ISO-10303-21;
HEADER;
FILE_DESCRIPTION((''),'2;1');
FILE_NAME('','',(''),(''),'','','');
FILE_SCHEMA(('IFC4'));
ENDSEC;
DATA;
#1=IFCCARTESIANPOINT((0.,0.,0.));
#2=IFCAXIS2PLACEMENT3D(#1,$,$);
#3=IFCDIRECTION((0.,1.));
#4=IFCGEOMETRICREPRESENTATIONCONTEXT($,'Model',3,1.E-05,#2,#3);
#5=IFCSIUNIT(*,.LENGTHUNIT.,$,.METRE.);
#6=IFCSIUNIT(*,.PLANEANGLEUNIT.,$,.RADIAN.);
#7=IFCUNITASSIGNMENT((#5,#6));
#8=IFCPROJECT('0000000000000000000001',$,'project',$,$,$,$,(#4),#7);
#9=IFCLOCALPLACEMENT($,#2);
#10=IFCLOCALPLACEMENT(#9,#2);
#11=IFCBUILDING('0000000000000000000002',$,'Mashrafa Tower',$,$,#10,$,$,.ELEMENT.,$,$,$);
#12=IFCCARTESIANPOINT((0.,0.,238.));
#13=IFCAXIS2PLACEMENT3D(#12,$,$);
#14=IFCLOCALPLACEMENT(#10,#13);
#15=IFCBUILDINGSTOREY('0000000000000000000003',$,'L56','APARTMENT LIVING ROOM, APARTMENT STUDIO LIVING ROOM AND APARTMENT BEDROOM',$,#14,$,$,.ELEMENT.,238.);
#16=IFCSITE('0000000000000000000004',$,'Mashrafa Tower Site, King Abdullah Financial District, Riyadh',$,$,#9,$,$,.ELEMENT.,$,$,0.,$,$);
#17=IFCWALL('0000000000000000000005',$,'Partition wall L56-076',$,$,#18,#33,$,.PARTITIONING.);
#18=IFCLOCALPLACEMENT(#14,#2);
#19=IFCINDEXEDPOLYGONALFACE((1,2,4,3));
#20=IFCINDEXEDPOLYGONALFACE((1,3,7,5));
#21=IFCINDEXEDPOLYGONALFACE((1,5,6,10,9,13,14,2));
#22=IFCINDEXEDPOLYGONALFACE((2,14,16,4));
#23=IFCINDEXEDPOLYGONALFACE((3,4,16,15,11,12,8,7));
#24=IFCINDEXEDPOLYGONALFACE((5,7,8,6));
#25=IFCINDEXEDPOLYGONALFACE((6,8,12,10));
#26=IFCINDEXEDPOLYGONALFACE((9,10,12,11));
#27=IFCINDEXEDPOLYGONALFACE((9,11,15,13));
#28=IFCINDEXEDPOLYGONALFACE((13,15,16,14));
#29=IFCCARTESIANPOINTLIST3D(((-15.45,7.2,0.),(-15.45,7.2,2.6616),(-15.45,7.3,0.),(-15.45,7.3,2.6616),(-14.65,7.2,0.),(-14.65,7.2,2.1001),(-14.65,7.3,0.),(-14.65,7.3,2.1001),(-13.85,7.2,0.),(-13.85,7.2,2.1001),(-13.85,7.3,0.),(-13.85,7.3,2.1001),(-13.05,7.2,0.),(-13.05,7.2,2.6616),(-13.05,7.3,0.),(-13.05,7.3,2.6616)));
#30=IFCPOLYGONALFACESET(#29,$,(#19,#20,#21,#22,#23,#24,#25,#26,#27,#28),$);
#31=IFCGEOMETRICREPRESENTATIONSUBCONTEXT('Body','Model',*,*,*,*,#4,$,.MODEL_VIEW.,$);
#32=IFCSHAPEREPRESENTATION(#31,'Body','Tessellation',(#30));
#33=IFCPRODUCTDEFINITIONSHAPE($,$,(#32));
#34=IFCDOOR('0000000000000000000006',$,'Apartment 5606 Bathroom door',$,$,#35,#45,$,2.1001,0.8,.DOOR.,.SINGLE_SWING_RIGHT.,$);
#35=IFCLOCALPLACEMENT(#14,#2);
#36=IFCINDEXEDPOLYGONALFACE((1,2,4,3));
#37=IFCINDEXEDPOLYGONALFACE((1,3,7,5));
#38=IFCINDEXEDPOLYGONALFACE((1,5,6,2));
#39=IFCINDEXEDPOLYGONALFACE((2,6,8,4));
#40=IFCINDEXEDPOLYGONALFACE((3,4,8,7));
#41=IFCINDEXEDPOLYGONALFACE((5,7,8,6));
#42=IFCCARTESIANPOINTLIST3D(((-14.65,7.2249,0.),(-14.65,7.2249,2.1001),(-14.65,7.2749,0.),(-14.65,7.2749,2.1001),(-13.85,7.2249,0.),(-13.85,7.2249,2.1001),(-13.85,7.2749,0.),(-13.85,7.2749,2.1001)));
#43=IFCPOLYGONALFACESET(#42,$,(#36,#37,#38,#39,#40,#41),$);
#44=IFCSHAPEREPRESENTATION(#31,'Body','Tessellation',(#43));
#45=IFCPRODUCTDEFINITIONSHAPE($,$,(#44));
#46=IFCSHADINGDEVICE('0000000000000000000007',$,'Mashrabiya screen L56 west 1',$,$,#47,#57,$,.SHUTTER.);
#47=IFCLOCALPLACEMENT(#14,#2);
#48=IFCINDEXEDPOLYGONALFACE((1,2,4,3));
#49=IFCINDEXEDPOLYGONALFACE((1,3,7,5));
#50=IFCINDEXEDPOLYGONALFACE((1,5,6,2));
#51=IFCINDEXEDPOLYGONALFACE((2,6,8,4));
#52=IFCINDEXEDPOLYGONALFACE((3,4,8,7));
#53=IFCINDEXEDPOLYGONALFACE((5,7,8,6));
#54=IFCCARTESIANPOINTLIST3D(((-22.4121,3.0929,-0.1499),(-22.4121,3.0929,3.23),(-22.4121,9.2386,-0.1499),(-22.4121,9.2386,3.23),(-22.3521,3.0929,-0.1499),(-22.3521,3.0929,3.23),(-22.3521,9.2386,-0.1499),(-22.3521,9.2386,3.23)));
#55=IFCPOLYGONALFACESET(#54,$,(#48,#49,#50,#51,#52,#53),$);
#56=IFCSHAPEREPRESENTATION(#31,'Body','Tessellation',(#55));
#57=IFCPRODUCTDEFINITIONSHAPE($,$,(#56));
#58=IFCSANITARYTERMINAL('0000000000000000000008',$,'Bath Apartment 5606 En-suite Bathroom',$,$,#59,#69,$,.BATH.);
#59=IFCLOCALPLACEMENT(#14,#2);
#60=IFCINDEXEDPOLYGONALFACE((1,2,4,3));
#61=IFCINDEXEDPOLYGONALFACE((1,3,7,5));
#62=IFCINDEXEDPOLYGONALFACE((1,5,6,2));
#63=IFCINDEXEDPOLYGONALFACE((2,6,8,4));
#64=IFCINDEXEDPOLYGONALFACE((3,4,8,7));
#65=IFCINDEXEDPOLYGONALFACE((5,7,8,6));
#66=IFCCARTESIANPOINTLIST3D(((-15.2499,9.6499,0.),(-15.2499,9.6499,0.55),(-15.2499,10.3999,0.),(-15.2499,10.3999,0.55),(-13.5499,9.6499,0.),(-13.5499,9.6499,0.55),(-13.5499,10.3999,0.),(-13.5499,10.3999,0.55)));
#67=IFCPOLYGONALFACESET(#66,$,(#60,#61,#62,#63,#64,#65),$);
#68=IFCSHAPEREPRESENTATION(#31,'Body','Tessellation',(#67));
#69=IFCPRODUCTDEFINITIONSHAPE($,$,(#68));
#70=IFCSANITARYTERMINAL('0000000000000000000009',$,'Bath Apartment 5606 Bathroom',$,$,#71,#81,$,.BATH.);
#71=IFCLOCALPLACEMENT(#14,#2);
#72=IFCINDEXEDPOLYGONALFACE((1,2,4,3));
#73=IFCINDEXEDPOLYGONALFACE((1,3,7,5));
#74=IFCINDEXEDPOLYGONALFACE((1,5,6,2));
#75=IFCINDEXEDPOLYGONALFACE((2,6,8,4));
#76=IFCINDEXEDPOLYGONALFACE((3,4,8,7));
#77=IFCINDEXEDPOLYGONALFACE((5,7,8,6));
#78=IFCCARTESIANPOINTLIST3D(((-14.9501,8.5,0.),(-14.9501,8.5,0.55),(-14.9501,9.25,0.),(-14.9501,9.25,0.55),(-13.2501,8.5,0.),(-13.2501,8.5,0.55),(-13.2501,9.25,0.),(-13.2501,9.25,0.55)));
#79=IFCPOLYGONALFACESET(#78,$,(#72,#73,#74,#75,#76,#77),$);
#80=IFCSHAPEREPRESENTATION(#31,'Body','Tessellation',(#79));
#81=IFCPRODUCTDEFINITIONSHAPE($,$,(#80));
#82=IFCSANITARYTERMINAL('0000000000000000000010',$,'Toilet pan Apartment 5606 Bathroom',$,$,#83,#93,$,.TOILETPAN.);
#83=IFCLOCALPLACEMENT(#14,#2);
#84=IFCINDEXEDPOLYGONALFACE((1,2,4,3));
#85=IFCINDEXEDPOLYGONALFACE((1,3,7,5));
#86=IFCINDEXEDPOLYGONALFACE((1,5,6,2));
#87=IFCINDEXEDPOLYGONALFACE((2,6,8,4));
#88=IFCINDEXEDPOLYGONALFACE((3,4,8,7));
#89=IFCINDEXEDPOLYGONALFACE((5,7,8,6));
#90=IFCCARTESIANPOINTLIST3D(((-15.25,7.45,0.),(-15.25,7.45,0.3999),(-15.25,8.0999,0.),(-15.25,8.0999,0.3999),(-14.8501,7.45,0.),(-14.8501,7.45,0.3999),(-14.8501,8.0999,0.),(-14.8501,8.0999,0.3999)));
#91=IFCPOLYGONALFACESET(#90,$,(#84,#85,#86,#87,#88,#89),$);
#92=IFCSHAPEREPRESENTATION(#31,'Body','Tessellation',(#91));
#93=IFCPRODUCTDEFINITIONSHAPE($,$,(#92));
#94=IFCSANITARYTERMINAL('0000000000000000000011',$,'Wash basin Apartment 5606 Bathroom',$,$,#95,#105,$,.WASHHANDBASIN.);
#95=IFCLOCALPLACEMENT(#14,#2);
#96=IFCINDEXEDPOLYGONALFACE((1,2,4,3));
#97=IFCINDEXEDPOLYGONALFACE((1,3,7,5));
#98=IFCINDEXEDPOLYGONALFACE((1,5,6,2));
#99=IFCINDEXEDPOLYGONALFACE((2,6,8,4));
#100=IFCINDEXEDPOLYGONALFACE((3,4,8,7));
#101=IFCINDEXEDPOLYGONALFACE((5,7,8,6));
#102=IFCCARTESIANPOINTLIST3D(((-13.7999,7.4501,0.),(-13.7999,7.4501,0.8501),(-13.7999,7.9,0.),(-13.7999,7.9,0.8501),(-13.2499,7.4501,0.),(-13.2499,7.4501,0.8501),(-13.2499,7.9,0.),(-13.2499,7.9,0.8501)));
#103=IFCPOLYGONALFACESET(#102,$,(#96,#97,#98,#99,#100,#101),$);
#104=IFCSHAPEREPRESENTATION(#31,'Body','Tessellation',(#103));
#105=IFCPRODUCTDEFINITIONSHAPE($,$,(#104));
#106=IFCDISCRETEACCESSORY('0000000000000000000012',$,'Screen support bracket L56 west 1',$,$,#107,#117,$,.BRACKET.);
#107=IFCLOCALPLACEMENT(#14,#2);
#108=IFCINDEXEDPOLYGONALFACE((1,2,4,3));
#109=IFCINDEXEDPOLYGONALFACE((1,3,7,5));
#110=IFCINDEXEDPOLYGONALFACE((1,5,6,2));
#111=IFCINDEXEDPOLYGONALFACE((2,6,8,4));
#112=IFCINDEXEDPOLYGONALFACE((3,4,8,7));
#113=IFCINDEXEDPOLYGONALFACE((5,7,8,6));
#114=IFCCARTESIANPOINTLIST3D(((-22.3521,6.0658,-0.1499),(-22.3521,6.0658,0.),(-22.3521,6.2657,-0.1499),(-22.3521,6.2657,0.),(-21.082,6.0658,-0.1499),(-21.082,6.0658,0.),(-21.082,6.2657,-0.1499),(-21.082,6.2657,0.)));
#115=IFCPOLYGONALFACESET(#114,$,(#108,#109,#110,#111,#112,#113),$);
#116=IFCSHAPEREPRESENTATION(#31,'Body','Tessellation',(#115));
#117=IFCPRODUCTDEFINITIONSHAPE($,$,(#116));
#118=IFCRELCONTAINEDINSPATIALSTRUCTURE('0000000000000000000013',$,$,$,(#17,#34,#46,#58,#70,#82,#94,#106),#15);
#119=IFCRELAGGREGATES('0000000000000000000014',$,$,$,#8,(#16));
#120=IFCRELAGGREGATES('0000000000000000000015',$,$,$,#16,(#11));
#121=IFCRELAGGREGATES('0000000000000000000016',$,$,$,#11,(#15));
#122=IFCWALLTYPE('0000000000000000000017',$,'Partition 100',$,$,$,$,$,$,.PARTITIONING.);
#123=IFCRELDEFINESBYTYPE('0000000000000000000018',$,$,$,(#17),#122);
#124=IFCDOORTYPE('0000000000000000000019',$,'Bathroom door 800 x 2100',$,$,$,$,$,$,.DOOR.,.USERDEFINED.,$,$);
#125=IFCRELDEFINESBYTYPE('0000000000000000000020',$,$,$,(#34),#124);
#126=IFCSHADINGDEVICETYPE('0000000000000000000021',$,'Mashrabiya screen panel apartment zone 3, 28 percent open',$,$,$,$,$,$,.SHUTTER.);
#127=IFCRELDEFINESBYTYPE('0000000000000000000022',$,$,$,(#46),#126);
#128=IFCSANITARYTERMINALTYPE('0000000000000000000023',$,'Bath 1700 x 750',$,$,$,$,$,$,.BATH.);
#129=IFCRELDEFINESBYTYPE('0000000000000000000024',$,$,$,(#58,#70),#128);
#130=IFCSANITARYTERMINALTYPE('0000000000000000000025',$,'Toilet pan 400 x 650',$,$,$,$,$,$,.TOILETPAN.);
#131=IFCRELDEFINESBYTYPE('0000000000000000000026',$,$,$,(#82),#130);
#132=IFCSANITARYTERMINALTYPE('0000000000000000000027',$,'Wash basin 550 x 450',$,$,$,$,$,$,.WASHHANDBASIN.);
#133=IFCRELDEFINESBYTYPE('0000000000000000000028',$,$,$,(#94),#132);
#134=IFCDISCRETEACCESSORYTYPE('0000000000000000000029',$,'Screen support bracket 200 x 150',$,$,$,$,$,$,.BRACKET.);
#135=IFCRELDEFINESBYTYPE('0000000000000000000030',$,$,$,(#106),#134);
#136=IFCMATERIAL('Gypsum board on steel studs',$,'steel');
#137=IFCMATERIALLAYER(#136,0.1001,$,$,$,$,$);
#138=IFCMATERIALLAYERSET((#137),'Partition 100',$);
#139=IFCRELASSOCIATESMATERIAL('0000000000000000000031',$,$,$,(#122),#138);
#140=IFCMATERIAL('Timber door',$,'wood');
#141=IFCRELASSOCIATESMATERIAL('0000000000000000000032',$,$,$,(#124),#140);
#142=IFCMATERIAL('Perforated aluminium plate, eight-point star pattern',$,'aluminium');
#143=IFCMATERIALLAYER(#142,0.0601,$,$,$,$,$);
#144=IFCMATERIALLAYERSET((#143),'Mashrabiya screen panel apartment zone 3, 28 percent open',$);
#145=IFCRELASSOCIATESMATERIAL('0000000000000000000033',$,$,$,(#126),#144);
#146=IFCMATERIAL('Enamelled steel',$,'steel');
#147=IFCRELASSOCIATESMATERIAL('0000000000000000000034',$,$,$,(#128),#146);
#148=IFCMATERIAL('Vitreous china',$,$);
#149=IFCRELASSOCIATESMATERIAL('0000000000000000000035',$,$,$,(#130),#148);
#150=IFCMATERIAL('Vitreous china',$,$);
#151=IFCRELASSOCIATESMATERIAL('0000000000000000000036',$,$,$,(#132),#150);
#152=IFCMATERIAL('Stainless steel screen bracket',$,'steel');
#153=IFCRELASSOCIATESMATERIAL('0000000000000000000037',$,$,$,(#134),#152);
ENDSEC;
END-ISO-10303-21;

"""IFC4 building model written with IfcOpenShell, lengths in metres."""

from ifc_helpers import new_model, si_unit, direction, frame, frame_2d, origin, origin_2d, place, context, subcontext, project, spatial, rectangle, extrude, source, transform, mapped, material, layer, layer_set, type_object, type_shapes, element, fill, save


model = new_model("IFC4")

# Units and contexts
model_context = context("Model", 3, precision=1e-05, world=origin(), true_north=direction((0.0, 1.0)))
body_context = subcontext(model_context, "Body", "Model", "MODEL_VIEW")
ifc_project = project(units=[si_unit("LENGTHUNIT", "METRE"), si_unit("PLANEANGLEUNIT", "RADIAN")], contexts=[model_context])

# Site, building, storey
site_placement = place(None, origin())
site = spatial("IfcSite", under=ifc_project, at=site_placement, Name="Mashrafa Tower Site, King Abdullah Financial District, Riyadh", CompositionType="ELEMENT", RefElevation=0.0)
building_placement = place(site_placement, origin())
building = spatial("IfcBuilding", under=site, at=building_placement, Name="Mashrafa Tower", CompositionType="ELEMENT")
storey_placement = place(building_placement, frame((0.0, 0.0, 238.0)))
storey = spatial("IfcBuildingStorey", under=building, at=storey_placement, Name="L56", Description="APARTMENT LIVING ROOM, APARTMENT STUDIO LIVING ROOM AND APARTMENT BEDROOM", CompositionType="ELEMENT", Elevation=238.0)

# Shared definitions
ifc_material_1 = material(Name="Gypsum board on steel studs", Category="steel")
ifc_layer_1 = layer(ifc_material_1, 0.1001)
ifc_layer_set_1 = layer_set([ifc_layer_1], Name="Partition 100")
wall_type_1 = type_object("IfcWallType", Name="Partition 100", PredefinedType="PARTITIONING", material=ifc_layer_set_1)

# Wall, opening, door
wall_1_placement = place(storey_placement, frame((-15.45, 7.25, 0.0), z_axis=(0.0, 0.0, 1.0), x_axis=(1.0, 0.0, 0.0)))
wall_1 = element("IfcWall", 1, at=wall_1_placement, inside=storey, type_object=wall_type_1, Name="Partition wall L56-076", PredefinedType="PARTITIONING", context=body_context, shape_type="SweptSolid", body=[
    extrude(rectangle(XDim=2.3999, YDim=0.1001, at=frame_2d((1.2, 0.0))), origin(), (0.0, 0.0, 1.0), 2.6616),
])
opening_1_placement = place(wall_1_placement, frame((0.8, 0.0, 0.0)))
opening_1 = element("IfcOpeningElement", 2, at=opening_1_placement, cuts=wall_1, PredefinedType="OPENING", context=body_context, shape_type="SweptSolid", body=[
    extrude(rectangle(XDim=0.8, YDim=2.1001, at=frame_2d((0.3999, 1.05))), frame((0.0, 0.0601, 0.0), z_axis=(0.0, -1.0, 0.0), x_axis=(1.0, 0.0, 0.0)), (0.0, 0.0, 1.0), 0.1201),
])
ifc_material_2 = material(Name="Timber door", Category="wood")
door_type_1 = type_object("IfcDoorType", Name="Bathroom door 800 x 2100", OperationType="USERDEFINED", PredefinedType="DOOR", material=ifc_material_2)
door_1_placement = place(opening_1_placement, origin())
door_1 = element("IfcDoor", 3, at=door_1_placement, inside=storey, type_object=door_type_1, Name="Apartment 5606 Bathroom door", OperationType="SINGLE_SWING_RIGHT", OverallHeight=2.1001, OverallWidth=0.8, PredefinedType="DOOR", context=body_context, shape_type="SweptSolid", body=[
    extrude(rectangle(XDim=0.8, YDim=2.1001, at=frame_2d((0.3999, 1.05))), frame((0.0, 0.0249, 0.0), z_axis=(0.0, -1.0, 0.0), x_axis=(1.0, 0.0, 0.0)), (0.0, 0.0, 1.0), 0.05),
])
fill(opening_1, door_1)

# Shading device
ifc_material_3 = material(Name="Perforated aluminium plate, eight-point star pattern", Category="aluminium")
ifc_layer_2 = layer(ifc_material_3, 0.0601)
ifc_layer_set_2 = layer_set([ifc_layer_2], Name="Mashrabiya screen panel apartment zone 3, 28 percent open")
shading_device_type = type_object("IfcShadingDeviceType", Name="Mashrabiya screen panel apartment zone 3, 28 percent open", PredefinedType="SHUTTER", material=ifc_layer_set_2)
shared_shape_1 = source(origin(), body_context, "Body", "SweptSolid", [
    extrude(rectangle(XDim=6.1458, YDim=0.0601, at=origin_2d()), origin(), (0.0, 0.0, 1.0), 3.3799),
])
type_shapes(shading_device_type, [shared_shape_1])
shading_device_placement = place(storey_placement, frame((-22.3821, 6.1658, -0.1499), z_axis=(0.0, 0.0, 1.0), x_axis=(0.0, -1.0, 0.0)))
element("IfcShadingDevice", 4, at=shading_device_placement, inside=storey, type_object=shading_device_type, Name="Mashrabiya screen L56 west 1", PredefinedType="SHUTTER", context=body_context, shape_type="MappedRepresentation", body=[
    mapped(shared_shape_1, transform((0.0, 0.0, 0.0))),
])

# Sanitary terminals
ifc_material_4 = material(Name="Enamelled steel", Category="steel")
sanitary_terminal_type_1 = type_object("IfcSanitaryTerminalType", Name="Bath 1700 x 750", PredefinedType="BATH", material=ifc_material_4)
for number, where, z_axis, x_axis, name in (
    (5, (-14.3999, 10.0249, 0.0), (0.0, 0.0, 1.0), (1.0, 0.0, 0.0), "Bath Apartment 5606 En-suite Bathroom"),
    (6, (-14.1001, 8.875, 0.0), (0.0, 0.0, 1.0), (-1.0, 0.0, 0.0), "Bath Apartment 5606 Bathroom"),
):
    element("IfcSanitaryTerminal", number, at=place(storey_placement, frame(where, z_axis=z_axis, x_axis=x_axis)), inside=storey, type_object=sanitary_terminal_type_1, Name=name, PredefinedType="BATH", context=body_context, shape_type="SweptSolid", body=[
        extrude(rectangle(XDim=1.7, YDim=0.75, at=origin_2d()), origin(), (0.0, 0.0, 1.0), 0.55),
    ])
ifc_material_5 = material(Name="Vitreous china")
sanitary_terminal_type_2 = type_object("IfcSanitaryTerminalType", Name="Toilet pan 400 x 650", PredefinedType="TOILETPAN", material=ifc_material_5)
sanitary_terminal_1_placement = place(storey_placement, frame((-15.05, 7.7749, 0.0), z_axis=(0.0, 0.0, 1.0), x_axis=(1.0, 0.0, 0.0)))
element("IfcSanitaryTerminal", 7, at=sanitary_terminal_1_placement, inside=storey, type_object=sanitary_terminal_type_2, Name="Toilet pan Apartment 5606 Bathroom", PredefinedType="TOILETPAN", context=body_context, shape_type="SweptSolid", body=[
    extrude(rectangle(XDim=0.3999, YDim=0.6499, at=origin_2d()), origin(), (0.0, 0.0, 1.0), 0.3999),
])
ifc_material_6 = material(Name="Vitreous china")
sanitary_terminal_type_3 = type_object("IfcSanitaryTerminalType", Name="Wash basin 550 x 450", PredefinedType="WASHHANDBASIN", material=ifc_material_6)
sanitary_terminal_2_placement = place(storey_placement, frame((-13.5249, 7.675, 0.0), z_axis=(0.0, 0.0, 1.0), x_axis=(1.0, 0.0, 0.0)))
element("IfcSanitaryTerminal", 8, at=sanitary_terminal_2_placement, inside=storey, type_object=sanitary_terminal_type_3, Name="Wash basin Apartment 5606 Bathroom", PredefinedType="WASHHANDBASIN", context=body_context, shape_type="SweptSolid", body=[
    extrude(rectangle(XDim=0.55, YDim=0.45, at=origin_2d()), origin(), (0.0, 0.0, 1.0), 0.8501),
])

# Discrete accessory
ifc_material_7 = material(Name="Stainless steel screen bracket", Category="steel")
discrete_accessory_type = type_object("IfcDiscreteAccessoryType", Name="Screen support bracket 200 x 150", PredefinedType="BRACKET", material=ifc_material_7)
shared_shape_2 = source(origin(), body_context, "Body", "SweptSolid", [
    extrude(rectangle(XDim=0.2, YDim=1.27, at=origin_2d()), origin(), (0.0, 0.0, 1.0), 0.1499),
])
type_shapes(discrete_accessory_type, [shared_shape_2])
discrete_accessory_placement = place(storey_placement, frame((-21.717, 6.1658, -0.1499), z_axis=(0.0, 0.0, 1.0), x_axis=(0.0, -1.0, 0.0)))
element("IfcDiscreteAccessory", 9, at=discrete_accessory_placement, inside=storey, type_object=discrete_accessory_type, Name="Screen support bracket L56 west 1", PredefinedType="BRACKET", context=body_context, shape_type="MappedRepresentation", body=[
    mapped(shared_shape_2, transform((0.0, 0.0, 0.0))),
])

save(model, "model.ifc")
